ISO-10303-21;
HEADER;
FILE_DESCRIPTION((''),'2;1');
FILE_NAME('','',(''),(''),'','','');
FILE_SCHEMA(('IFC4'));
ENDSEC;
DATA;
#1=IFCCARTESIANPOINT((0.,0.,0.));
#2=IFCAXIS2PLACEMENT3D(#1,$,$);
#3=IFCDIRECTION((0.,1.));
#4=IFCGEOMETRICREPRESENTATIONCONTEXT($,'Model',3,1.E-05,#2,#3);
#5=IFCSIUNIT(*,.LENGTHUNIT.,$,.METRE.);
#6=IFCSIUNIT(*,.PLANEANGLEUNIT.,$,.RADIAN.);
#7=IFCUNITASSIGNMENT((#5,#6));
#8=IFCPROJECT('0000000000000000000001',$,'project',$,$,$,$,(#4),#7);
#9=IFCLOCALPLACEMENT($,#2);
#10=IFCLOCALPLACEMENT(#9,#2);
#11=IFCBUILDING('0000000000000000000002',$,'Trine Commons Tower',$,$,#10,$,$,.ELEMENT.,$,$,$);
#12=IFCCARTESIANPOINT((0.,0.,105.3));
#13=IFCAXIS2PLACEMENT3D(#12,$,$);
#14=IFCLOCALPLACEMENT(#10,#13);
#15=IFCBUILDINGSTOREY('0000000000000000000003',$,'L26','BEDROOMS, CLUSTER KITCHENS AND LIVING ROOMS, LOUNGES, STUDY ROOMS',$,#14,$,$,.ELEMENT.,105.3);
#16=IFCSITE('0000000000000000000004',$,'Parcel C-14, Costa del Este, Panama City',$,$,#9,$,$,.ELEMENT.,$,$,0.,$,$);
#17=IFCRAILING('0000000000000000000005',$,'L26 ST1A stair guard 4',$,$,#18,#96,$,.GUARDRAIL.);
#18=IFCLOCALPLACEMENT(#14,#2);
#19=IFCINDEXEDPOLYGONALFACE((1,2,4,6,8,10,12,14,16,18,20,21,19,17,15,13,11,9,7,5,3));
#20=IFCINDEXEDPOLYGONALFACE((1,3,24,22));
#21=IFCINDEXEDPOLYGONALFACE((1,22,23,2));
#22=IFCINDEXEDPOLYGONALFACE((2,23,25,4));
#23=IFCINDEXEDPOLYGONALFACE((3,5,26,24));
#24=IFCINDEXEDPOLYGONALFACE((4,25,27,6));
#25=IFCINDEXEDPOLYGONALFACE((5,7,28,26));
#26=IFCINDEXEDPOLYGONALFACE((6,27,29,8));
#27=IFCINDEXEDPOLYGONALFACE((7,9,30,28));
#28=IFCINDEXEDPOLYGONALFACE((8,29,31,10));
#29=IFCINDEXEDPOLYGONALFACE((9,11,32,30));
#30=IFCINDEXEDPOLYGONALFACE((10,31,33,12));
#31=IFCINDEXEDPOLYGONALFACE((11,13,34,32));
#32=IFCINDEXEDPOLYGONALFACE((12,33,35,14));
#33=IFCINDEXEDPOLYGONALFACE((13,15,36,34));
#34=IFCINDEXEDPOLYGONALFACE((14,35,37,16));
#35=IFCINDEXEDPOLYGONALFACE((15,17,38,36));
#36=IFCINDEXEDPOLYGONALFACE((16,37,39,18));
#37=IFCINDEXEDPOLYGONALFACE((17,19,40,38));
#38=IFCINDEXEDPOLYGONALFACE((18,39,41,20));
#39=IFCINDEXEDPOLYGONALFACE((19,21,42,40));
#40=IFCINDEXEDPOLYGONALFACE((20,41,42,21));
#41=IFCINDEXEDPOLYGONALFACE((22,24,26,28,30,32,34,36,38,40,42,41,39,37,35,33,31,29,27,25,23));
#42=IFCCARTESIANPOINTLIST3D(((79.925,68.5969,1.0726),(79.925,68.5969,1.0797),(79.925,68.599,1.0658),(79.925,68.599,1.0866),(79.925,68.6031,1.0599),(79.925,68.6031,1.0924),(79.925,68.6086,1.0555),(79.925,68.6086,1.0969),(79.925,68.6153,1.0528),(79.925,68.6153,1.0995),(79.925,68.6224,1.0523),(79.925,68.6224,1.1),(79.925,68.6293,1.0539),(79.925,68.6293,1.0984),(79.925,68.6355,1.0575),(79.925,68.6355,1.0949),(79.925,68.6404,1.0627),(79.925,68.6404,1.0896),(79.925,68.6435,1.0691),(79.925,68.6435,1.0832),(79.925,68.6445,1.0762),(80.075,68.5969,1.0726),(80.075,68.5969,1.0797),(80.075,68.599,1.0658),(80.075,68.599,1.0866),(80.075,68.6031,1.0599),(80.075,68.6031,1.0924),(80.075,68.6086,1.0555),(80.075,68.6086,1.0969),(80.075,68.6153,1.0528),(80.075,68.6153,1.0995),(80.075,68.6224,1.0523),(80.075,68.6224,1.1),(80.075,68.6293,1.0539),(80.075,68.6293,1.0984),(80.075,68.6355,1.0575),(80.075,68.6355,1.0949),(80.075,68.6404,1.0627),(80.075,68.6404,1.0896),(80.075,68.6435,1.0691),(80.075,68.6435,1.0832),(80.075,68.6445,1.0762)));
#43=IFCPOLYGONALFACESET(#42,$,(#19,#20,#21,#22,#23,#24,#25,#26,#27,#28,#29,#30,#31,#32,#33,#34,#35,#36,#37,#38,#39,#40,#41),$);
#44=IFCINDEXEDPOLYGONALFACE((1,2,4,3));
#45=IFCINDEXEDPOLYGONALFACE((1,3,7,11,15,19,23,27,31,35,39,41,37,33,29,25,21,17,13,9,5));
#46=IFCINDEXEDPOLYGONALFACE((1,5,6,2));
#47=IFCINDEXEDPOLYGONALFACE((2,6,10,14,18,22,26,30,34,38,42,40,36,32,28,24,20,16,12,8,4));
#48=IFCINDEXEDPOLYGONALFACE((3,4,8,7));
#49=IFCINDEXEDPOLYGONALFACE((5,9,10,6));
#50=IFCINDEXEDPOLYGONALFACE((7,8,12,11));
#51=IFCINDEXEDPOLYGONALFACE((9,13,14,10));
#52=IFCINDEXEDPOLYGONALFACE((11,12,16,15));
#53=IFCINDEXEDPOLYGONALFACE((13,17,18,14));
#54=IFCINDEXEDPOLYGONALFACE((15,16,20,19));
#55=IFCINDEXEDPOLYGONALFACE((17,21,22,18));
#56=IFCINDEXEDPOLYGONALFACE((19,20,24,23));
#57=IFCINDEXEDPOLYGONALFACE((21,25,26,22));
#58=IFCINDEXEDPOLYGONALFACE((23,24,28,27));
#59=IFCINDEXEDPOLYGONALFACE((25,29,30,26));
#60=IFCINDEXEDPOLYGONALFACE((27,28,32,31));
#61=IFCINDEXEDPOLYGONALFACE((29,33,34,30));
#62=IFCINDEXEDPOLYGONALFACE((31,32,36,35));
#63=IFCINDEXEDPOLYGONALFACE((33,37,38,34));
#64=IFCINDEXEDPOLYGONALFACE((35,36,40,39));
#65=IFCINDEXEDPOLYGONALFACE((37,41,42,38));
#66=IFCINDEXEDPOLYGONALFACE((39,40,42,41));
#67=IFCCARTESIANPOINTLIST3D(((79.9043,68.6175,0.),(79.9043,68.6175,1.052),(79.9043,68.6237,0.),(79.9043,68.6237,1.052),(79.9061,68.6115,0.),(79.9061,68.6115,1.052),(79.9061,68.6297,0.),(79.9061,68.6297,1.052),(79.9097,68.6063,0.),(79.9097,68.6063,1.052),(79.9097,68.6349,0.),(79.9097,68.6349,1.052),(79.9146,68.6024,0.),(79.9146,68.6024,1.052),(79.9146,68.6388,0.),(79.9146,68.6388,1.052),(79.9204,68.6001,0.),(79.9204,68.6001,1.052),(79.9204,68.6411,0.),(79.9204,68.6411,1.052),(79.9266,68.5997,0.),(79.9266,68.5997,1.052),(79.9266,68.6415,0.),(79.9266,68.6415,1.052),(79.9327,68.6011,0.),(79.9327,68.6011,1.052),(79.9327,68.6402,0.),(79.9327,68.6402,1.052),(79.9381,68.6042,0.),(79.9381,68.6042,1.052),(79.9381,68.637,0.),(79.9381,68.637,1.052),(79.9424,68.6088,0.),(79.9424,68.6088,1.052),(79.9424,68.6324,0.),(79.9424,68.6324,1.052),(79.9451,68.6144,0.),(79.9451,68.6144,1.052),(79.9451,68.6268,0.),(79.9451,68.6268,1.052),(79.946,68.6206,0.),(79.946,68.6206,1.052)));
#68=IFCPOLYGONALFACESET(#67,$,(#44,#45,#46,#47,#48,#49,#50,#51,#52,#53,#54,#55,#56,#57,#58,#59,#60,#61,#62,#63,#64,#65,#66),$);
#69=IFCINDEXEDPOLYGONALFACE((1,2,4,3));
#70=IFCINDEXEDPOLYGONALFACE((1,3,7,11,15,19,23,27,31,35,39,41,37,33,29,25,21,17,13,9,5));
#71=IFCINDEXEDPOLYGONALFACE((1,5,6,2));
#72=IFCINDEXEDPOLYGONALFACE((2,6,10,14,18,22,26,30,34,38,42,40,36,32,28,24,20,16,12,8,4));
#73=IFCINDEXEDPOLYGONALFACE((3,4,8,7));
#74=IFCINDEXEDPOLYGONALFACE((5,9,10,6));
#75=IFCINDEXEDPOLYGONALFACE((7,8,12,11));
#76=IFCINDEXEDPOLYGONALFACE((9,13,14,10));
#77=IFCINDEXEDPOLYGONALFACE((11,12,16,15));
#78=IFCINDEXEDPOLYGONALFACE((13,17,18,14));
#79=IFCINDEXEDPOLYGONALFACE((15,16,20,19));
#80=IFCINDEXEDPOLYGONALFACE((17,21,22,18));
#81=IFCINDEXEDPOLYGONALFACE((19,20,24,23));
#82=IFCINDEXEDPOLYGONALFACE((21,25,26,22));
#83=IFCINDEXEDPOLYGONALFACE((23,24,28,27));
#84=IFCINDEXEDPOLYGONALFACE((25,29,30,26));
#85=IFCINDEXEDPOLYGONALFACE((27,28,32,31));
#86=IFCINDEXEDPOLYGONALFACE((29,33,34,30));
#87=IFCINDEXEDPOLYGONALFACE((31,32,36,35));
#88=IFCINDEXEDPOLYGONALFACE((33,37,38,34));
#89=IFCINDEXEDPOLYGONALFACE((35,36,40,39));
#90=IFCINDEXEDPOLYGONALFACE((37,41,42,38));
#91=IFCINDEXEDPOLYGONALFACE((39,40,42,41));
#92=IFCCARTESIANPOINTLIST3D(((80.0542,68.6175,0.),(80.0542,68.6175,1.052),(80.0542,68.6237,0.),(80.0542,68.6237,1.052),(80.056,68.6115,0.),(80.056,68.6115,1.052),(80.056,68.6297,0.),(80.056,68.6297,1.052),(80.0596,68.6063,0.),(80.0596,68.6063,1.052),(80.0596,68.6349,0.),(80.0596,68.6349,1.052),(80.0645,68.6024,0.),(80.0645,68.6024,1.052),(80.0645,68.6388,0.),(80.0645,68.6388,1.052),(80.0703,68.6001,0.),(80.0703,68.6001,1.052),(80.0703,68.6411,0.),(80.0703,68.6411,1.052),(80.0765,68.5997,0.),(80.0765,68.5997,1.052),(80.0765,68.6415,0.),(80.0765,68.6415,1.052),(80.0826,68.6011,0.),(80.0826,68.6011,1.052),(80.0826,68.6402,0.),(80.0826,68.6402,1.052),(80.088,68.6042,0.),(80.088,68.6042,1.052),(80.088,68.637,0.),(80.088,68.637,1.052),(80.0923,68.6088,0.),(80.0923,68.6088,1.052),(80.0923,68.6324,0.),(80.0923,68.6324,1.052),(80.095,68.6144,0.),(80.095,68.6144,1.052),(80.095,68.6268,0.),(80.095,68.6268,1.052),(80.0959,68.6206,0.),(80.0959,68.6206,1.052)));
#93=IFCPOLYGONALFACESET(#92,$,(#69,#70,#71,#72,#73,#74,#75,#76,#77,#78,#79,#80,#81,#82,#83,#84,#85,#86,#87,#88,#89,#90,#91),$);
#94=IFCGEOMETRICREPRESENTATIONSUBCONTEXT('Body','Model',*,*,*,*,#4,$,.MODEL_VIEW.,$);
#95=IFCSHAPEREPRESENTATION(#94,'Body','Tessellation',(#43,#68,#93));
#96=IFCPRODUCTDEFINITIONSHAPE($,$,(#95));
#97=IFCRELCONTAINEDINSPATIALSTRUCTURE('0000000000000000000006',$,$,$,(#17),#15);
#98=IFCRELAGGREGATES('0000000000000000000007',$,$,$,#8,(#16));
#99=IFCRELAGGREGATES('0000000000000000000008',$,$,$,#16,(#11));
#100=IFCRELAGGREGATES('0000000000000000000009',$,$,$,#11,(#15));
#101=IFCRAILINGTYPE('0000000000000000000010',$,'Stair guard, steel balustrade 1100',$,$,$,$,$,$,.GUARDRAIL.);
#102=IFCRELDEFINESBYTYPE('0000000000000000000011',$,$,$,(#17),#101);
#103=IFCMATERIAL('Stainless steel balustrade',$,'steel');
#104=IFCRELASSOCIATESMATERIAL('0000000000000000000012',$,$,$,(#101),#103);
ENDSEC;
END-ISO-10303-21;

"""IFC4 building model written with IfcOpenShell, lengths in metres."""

from ifc_helpers import new_model, si_unit, direction, frame, origin, origin_2d, place, context, subcontext, project, spatial, circle, extrude, material, type_object, element, save


model = new_model("IFC4")

# Units and contexts
model_context = context("Model", 3, precision=1e-05, world=origin(), true_north=direction((0.0, 1.0)))
body_context = subcontext(model_context, "Body", "Model", "MODEL_VIEW")
ifc_project = project(units=[si_unit("LENGTHUNIT", "METRE"), si_unit("PLANEANGLEUNIT", "RADIAN")], contexts=[model_context])

# Site, building, storey
site_placement = place(None, origin())
site = spatial("IfcSite", under=ifc_project, at=site_placement, Name="Parcel C-14, Costa del Este, Panama City", CompositionType="ELEMENT", RefElevation=0.0)
building_placement = place(site_placement, origin())
building = spatial("IfcBuilding", under=site, at=building_placement, Name="Trine Commons Tower", CompositionType="ELEMENT")
storey_placement = place(building_placement, frame((0.0, 0.0, 105.3)))
storey = spatial("IfcBuildingStorey", under=building, at=storey_placement, Name="L26", Description="BEDROOMS, CLUSTER KITCHENS AND LIVING ROOMS, LOUNGES, STUDY ROOMS", CompositionType="ELEMENT", Elevation=105.3)

# Railing
ifc_material_1 = material(Name="Stainless steel balustrade", Category="steel")
railing_type_1 = type_object("IfcRailingType", Name="Stair guard, steel balustrade 1100", PredefinedType="GUARDRAIL", material=ifc_material_1)
railing_1_placement = place(storey_placement, frame((79.925, 68.6206, 0.0)))
element("IfcRailing", 1, at=railing_1_placement, inside=storey, type_object=railing_type_1, Name="L26 ST1A stair guard 4", PredefinedType="GUARDRAIL", context=body_context, shape_type="SweptSolid", body=[
    extrude(circle(Radius=0.0239, at=origin_2d()), frame((0.0, 0.0, 1.0762), z_axis=(1.0, 0.0, 0.0), x_axis=(0.0, 1.0, 0.0)), (0.0, 0.0, 1.0), 0.1499),
    extrude(circle(Radius=0.021, at=origin_2d()), origin(), (0.0, 0.0, 1.0), 1.052),
    extrude(circle(Radius=0.021, at=origin_2d()), frame((0.1499, 0.0, 0.0)), (0.0, 0.0, 1.0), 1.052),
])

save(model, "model.ifc")
